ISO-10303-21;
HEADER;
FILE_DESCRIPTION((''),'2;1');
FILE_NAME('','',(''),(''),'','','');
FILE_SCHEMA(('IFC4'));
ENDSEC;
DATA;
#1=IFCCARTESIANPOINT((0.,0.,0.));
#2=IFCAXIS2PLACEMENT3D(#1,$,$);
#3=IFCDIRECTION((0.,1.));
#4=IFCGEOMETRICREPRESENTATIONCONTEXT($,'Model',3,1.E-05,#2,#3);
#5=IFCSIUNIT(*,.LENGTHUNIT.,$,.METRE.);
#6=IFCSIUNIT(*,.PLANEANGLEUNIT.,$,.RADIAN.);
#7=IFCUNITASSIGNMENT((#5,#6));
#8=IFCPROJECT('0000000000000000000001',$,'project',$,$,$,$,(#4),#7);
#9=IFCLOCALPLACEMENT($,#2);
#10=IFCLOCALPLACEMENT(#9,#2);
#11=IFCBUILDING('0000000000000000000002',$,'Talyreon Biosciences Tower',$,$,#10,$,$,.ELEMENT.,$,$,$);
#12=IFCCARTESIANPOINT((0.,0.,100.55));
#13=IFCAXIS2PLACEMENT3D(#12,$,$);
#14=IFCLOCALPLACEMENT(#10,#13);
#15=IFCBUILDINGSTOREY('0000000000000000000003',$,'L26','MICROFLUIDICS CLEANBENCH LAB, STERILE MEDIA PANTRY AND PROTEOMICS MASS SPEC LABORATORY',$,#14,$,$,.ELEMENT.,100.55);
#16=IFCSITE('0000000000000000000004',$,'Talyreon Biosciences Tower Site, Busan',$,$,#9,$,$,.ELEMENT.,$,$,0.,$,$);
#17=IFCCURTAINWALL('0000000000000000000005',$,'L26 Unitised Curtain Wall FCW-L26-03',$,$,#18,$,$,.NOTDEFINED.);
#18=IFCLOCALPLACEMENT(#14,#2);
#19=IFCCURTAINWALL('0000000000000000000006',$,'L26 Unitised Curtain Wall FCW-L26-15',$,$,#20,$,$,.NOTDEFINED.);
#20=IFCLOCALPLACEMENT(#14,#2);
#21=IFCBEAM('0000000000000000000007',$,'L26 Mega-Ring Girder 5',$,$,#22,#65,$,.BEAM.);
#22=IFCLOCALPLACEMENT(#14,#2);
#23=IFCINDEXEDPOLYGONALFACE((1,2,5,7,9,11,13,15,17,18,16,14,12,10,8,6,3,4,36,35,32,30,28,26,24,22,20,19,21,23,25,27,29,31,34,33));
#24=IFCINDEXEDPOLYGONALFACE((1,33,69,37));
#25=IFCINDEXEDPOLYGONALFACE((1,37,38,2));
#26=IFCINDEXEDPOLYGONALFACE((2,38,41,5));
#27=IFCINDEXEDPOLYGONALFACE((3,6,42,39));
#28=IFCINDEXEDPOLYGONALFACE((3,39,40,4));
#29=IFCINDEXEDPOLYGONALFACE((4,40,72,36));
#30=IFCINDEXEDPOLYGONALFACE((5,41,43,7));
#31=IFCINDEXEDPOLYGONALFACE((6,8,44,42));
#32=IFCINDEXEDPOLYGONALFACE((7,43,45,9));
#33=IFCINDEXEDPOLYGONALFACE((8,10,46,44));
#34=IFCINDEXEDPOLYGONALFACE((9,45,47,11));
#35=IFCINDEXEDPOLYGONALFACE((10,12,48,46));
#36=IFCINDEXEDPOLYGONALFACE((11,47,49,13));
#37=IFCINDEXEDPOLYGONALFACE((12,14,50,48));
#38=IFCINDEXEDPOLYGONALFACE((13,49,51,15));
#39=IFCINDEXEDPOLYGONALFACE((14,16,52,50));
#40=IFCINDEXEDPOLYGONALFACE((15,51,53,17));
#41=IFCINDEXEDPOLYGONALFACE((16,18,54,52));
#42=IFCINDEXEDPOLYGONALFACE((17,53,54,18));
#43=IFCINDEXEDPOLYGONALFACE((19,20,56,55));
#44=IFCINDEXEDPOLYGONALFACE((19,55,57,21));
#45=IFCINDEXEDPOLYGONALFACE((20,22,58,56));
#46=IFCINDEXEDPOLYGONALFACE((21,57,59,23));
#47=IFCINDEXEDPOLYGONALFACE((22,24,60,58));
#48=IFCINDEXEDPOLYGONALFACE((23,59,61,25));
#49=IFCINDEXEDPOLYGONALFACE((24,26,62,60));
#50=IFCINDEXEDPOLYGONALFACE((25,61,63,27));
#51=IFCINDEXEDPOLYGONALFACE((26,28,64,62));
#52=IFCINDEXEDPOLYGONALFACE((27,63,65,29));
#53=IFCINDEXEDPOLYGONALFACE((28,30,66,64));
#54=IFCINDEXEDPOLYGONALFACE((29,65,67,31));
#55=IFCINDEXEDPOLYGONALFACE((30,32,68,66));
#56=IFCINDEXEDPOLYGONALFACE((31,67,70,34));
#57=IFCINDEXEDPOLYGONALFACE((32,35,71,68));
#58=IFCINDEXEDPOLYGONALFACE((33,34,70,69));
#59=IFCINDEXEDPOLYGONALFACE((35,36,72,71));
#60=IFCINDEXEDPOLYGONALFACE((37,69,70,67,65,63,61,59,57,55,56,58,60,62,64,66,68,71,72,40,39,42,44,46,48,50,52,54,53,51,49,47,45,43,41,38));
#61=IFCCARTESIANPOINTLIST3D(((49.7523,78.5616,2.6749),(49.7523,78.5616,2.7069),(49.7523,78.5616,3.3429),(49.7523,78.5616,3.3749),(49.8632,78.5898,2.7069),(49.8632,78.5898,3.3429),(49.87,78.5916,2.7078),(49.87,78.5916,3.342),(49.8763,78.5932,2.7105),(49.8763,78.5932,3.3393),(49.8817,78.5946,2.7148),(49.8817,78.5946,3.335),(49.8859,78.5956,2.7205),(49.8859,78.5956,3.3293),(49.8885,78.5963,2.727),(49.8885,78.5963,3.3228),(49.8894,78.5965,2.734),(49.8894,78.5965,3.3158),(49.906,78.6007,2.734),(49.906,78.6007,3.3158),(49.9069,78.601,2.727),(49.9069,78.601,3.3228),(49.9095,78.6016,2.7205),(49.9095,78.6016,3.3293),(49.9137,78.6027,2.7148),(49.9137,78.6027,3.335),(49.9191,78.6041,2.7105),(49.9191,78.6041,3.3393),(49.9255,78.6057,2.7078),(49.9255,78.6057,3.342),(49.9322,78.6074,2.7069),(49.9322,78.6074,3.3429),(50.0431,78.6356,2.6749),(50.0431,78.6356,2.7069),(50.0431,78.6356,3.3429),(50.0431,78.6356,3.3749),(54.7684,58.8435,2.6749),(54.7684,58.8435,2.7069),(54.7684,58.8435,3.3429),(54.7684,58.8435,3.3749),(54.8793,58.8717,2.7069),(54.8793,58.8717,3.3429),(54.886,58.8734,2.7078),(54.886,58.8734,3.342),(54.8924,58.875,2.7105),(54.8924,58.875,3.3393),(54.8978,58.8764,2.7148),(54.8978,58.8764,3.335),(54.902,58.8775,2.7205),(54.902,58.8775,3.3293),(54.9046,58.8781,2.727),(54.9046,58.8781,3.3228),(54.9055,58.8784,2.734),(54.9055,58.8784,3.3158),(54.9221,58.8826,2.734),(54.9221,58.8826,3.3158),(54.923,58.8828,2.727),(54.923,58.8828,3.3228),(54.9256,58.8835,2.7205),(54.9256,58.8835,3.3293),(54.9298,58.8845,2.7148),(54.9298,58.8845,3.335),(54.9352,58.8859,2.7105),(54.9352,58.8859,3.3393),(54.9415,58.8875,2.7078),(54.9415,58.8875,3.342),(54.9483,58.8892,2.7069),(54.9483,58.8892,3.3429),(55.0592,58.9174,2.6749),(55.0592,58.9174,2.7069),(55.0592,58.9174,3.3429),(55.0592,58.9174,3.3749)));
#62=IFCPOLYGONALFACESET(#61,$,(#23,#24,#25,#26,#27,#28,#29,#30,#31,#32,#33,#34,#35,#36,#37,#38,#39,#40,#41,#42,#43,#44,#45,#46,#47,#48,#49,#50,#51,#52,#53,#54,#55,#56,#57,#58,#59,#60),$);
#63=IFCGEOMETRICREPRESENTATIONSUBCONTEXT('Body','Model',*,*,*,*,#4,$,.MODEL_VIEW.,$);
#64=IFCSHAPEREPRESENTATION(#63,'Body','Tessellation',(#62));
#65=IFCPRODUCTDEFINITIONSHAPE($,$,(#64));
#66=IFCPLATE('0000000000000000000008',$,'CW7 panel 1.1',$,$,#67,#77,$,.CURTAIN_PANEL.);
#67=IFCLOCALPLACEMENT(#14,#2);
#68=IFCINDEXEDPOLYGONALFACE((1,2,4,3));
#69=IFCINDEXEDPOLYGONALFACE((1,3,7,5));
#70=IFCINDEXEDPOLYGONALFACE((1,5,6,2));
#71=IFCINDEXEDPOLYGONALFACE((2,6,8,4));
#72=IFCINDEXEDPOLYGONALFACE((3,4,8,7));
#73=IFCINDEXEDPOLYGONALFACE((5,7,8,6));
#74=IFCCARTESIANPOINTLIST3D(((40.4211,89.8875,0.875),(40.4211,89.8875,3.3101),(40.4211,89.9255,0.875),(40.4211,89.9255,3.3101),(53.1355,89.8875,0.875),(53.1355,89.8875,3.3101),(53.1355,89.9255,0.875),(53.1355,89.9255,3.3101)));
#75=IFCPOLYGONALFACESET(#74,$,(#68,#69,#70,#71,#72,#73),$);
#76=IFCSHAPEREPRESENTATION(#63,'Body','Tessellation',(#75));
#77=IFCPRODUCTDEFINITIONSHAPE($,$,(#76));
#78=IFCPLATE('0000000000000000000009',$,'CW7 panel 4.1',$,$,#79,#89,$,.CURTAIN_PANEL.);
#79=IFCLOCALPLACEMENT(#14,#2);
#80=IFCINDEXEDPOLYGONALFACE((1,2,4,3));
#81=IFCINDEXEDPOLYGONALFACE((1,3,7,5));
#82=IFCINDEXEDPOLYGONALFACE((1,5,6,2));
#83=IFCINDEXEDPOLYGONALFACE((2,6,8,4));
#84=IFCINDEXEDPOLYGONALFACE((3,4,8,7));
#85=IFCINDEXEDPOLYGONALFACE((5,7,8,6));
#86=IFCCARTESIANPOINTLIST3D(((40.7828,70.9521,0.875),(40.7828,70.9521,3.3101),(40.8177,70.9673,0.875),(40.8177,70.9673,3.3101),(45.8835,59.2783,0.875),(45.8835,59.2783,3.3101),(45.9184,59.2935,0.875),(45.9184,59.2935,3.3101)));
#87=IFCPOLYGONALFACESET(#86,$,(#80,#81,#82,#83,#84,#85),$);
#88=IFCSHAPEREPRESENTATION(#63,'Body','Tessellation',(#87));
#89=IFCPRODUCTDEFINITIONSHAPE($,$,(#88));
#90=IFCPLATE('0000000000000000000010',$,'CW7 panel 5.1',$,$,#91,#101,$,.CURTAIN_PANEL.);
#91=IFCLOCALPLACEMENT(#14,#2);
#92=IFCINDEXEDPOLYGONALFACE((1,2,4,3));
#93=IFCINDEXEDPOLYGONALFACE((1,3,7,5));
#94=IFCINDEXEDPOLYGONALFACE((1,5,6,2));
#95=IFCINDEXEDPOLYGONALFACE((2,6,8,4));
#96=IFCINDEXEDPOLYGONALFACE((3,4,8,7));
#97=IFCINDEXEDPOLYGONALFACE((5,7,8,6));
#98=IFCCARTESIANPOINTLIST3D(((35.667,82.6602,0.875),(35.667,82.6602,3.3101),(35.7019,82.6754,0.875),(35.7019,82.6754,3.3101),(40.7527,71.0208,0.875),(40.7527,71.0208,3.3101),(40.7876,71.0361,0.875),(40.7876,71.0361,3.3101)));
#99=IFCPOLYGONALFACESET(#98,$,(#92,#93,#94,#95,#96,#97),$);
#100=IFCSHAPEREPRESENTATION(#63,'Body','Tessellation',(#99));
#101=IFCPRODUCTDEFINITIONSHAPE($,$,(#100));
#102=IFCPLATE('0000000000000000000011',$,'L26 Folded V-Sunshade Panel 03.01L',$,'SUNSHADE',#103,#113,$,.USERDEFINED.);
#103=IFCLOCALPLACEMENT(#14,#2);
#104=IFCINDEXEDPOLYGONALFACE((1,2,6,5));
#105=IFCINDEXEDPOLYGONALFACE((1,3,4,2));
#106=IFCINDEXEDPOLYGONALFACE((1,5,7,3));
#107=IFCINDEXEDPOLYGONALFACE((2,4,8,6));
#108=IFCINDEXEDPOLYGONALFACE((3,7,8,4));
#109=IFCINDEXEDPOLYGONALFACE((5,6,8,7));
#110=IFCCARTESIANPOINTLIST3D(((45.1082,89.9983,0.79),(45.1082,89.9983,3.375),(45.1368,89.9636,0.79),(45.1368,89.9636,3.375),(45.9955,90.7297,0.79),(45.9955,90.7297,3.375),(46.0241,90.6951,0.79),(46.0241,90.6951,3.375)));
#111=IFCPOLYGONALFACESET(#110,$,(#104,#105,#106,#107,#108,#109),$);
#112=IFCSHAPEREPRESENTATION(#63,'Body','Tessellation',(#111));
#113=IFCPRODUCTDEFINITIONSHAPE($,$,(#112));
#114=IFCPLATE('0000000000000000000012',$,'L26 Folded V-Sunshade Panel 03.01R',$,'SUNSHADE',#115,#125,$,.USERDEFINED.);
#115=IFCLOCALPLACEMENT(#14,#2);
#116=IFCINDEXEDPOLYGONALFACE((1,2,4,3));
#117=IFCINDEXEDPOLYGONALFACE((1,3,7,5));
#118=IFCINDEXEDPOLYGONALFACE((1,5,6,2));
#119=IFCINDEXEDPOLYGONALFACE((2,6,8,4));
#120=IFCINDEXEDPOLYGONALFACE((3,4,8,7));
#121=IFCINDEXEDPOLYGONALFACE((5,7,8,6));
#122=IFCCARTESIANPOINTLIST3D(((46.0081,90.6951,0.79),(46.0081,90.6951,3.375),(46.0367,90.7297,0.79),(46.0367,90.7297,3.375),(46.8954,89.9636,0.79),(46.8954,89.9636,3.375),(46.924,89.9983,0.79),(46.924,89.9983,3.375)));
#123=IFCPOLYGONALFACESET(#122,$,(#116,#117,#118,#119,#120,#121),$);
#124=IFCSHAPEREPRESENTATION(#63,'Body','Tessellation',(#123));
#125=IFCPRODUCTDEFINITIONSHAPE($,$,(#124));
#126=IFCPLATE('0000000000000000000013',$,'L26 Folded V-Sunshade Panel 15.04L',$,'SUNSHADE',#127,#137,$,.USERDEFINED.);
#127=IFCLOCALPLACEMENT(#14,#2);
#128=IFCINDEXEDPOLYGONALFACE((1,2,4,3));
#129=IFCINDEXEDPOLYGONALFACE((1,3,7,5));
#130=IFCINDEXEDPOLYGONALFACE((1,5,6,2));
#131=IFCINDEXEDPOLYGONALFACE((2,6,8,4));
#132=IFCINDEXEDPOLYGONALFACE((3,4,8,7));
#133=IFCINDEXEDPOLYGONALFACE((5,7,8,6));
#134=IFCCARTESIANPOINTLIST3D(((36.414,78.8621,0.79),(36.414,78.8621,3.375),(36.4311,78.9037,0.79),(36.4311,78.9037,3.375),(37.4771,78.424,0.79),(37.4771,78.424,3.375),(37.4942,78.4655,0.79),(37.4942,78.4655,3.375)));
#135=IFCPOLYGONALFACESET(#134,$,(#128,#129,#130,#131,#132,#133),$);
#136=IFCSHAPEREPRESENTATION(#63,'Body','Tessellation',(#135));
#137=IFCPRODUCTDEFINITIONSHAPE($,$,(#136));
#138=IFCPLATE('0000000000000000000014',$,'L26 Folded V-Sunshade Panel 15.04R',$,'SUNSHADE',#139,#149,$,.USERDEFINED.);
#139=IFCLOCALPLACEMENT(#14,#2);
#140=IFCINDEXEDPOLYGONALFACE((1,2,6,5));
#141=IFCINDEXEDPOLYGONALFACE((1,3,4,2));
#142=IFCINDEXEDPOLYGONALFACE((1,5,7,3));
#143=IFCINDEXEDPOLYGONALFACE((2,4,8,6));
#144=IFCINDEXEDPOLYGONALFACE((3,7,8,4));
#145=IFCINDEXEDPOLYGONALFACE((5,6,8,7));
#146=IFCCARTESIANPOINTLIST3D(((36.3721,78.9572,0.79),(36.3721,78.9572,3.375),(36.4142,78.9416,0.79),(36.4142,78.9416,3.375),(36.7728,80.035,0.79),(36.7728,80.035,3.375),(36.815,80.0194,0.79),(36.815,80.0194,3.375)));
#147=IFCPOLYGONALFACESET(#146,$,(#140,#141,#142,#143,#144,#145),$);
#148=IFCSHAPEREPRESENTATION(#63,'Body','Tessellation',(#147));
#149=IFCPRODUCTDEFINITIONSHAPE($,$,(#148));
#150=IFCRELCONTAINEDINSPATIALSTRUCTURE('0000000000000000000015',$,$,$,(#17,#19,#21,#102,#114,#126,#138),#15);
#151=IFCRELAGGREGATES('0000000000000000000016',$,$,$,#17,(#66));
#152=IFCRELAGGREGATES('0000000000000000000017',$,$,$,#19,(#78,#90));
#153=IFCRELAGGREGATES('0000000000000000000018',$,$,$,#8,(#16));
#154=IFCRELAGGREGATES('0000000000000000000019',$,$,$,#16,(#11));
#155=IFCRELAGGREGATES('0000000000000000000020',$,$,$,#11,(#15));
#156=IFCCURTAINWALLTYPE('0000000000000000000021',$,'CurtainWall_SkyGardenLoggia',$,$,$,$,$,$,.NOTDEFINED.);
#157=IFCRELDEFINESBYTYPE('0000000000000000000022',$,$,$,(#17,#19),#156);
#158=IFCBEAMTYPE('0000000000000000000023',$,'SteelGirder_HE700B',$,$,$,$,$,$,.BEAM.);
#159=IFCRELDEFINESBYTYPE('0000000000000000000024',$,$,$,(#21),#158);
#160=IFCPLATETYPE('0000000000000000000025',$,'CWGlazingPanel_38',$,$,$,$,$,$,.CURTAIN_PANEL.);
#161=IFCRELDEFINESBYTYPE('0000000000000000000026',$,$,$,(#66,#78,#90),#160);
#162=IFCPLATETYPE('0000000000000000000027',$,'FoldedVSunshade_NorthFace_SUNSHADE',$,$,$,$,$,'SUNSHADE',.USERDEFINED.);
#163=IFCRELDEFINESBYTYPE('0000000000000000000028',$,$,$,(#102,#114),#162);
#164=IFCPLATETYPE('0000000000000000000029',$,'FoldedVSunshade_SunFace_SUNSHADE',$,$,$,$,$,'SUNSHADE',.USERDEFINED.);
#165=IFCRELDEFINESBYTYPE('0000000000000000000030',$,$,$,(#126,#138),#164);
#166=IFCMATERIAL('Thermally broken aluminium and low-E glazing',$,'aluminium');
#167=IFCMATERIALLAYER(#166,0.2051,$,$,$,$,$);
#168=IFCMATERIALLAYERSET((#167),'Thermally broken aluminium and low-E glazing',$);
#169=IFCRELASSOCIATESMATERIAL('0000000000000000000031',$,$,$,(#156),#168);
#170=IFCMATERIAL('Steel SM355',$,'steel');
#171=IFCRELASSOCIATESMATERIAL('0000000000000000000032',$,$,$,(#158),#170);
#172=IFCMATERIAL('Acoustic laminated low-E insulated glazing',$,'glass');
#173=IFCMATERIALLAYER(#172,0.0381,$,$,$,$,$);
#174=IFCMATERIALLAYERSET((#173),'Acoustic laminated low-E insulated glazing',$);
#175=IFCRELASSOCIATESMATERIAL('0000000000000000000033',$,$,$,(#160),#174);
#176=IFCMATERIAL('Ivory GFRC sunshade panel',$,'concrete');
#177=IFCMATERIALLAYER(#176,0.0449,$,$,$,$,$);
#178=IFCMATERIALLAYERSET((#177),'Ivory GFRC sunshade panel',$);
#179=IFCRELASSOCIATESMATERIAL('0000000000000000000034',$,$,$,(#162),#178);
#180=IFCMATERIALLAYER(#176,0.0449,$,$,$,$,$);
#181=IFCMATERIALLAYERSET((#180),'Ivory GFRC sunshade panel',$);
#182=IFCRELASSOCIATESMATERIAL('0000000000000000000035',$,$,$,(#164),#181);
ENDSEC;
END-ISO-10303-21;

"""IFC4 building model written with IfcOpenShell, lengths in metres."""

from ifc_helpers import new_model, si_unit, direction, frame, origin, origin_2d, place, context, subcontext, project, spatial, rectangle, i_section, extrude, material, layer, layer_set, material_profile, profile_set, type_object, element, aggregate, save


model = new_model("IFC4")

# Units and contexts
model_context = context("Model", 3, precision=1e-05, world=origin(), true_north=direction((0.0, 1.0)))
body_context = subcontext(model_context, "Body", "Model", "MODEL_VIEW")
ifc_project = project(units=[si_unit("LENGTHUNIT", "METRE"), si_unit("PLANEANGLEUNIT", "RADIAN")], contexts=[model_context])

# Site, building, storey
site_placement = place(None, origin())
site = spatial("IfcSite", under=ifc_project, at=site_placement, Name="Talyreon Biosciences Tower Site, Busan", CompositionType="ELEMENT", RefElevation=0.0)
building_placement = place(site_placement, origin())
building = spatial("IfcBuilding", under=site, at=building_placement, Name="Talyreon Biosciences Tower", CompositionType="ELEMENT")
storey_placement = place(building_placement, frame((0.0, 0.0, 100.55)))
storey = spatial("IfcBuildingStorey", under=building, at=storey_placement, Name="L26", Description="MICROFLUIDICS CLEANBENCH LAB, STERILE MEDIA PANTRY AND PROTEOMICS MASS SPEC LABORATORY", CompositionType="ELEMENT", Elevation=100.55)

# Curtain wall
ifc_material_1 = material(Name="Thermally broken aluminium and low-E glazing", Category="aluminium")
ifc_layer_1 = layer(ifc_material_1, 0.2051)
ifc_layer_set_1 = layer_set([ifc_layer_1], Name="Thermally broken aluminium and low-E glazing")
curtain_wall_type = type_object("IfcCurtainWallType", Name="CurtainWall_SkyGardenLoggia", PredefinedType="NOTDEFINED", material=ifc_layer_set_1)
curtain_wall_1_placement = place(storey_placement, origin())
curtain_wall_1 = element("IfcCurtainWall", 1, at=curtain_wall_1_placement, inside=storey, type_object=curtain_wall_type, Name="L26 Unitised Curtain Wall FCW-L26-03", PredefinedType="NOTDEFINED")

# Curtain wall
curtain_wall_2_placement = place(storey_placement, origin())
curtain_wall_2 = element("IfcCurtainWall", 2, at=curtain_wall_2_placement, inside=storey, type_object=curtain_wall_type, Name="L26 Unitised Curtain Wall FCW-L26-15", PredefinedType="NOTDEFINED")

# Beam
ifc_material_2 = material(Name="Steel SM355", Category="steel")
ifc_material_profile_1 = material_profile(ifc_material_2, i_section(OverallWidth=0.3, OverallDepth=0.7, WebThickness=0.0171, FlangeThickness=0.032, FilletRadius=0.0271, at=origin_2d()), Name="HE700B")
ifc_profile_set_1 = profile_set([ifc_material_profile_1], Name="Steel SM355")
beam_type_1 = type_object("IfcBeamType", Name="SteelGirder_HE700B", PredefinedType="BEAM", material=ifc_profile_set_1)
beam_1_placement = place(storey_placement, frame((49.8977, 78.5986, 3.0249), z_axis=(0.246537, -0.969133, 0.0), x_axis=(0.969133, 0.246537, 0.0)))
element("IfcBeam", 3, at=beam_1_placement, inside=storey, type_object=beam_type_1, Name="L26 Mega-Ring Girder 5", PredefinedType="BEAM", context=body_context, shape_type="SweptSolid", body=[
    extrude(i_section(OverallWidth=0.3, OverallDepth=0.7, WebThickness=0.0171, FlangeThickness=0.032, FilletRadius=0.0271, at=origin_2d()), origin(), (0.0, 0.0, 1.0), 20.3462),
])

# Plates
ifc_material_3 = material(Name="Acoustic laminated low-E insulated glazing", Category="glass")
ifc_layer_2 = layer(ifc_material_3, 0.0381)
ifc_layer_set_2 = layer_set([ifc_layer_2], Name="Acoustic laminated low-E insulated glazing")
plate_type_1 = type_object("IfcPlateType", Name="CWGlazingPanel_38", PredefinedType="CURTAIN_PANEL", material=ifc_layer_set_2)
plate_1_placement = place(storey_placement, frame((46.7783, 89.9065, 0.875), z_axis=(0.0, 0.0, 1.0), x_axis=(1.0, 0.0, 0.0)))
plate_1 = element("IfcPlate", 4, at=plate_1_placement, type_object=plate_type_1, Name="CW7 panel 1.1", PredefinedType="CURTAIN_PANEL", context=body_context, shape_type="SweptSolid", body=[
    extrude(rectangle(XDim=12.7144, YDim=0.0381, at=origin_2d()), origin(), (0.0, 0.0, 1.0), 2.4351),
])
aggregate(curtain_wall_1, [plate_1])
plate_2_placement = place(storey_placement, frame((43.3506, 65.1228, 0.875), z_axis=(0.0, 0.0, 1.0), x_axis=(-0.400387, 0.916346, 0.0)))
plate_2 = element("IfcPlate", 5, at=plate_2_placement, type_object=plate_type_1, Name="CW7 panel 4.1", PredefinedType="CURTAIN_PANEL", context=body_context, shape_type="SweptSolid", body=[
    extrude(rectangle(XDim=12.7395, YDim=0.0381, at=origin_2d()), origin(), (0.0, 0.0, 1.0), 2.4351),
])
plate_3_placement = place(storey_placement, frame((38.2273, 76.8481, 0.875), z_axis=(0.0, 0.0, 1.0), x_axis=(-0.400387, 0.916346, 0.0)))
plate_3 = element("IfcPlate", 6, at=plate_3_placement, type_object=plate_type_1, Name="CW7 panel 5.1", PredefinedType="CURTAIN_PANEL", context=body_context, shape_type="SweptSolid", body=[
    extrude(rectangle(XDim=12.7019, YDim=0.0381, at=origin_2d()), origin(), (0.0, 0.0, 1.0), 2.4351),
])
aggregate(curtain_wall_2, [plate_2, plate_3])

# Plates
ifc_material_4 = material(Name="Ivory GFRC sunshade panel", Category="concrete")
ifc_layer_3 = layer(ifc_material_4, 0.0449)
ifc_layer_set_3 = layer_set([ifc_layer_3], Name="Ivory GFRC sunshade panel")
plate_type_2 = type_object("IfcPlateType", Name="FoldedVSunshade_NorthFace_SUNSHADE", ElementType="SUNSHADE", PredefinedType="USERDEFINED", material=ifc_layer_set_3)
for number, where, z_axis, x_axis, name in (
    (7, (45.5662, 90.3467, 0.79), (0.0, 0.0, 1.0), (0.771625, 0.636078, 0.0), "L26 Folded V-Sunshade Panel 03.01L"),
    (8, (46.4661, 90.3467, 0.79), (0.0, 0.0, 1.0), (0.771625, -0.636078, 0.0), "L26 Folded V-Sunshade Panel 03.01R"),
):
    element("IfcPlate", number, at=place(storey_placement, frame(where, z_axis=z_axis, x_axis=x_axis)), inside=storey, type_object=plate_type_2, Name=name, ObjectType="SUNSHADE", PredefinedType="USERDEFINED", context=body_context, shape_type="SweptSolid", body=[
        extrude(rectangle(XDim=1.1499, YDim=0.0449, at=origin_2d()), origin(), (0.0, 0.0, 1.0), 2.585),
    ])
ifc_layer_4 = layer(ifc_material_4, 0.0449)
ifc_layer_set_4 = layer_set([ifc_layer_4], Name="Ivory GFRC sunshade panel")
plate_type_3 = type_object("IfcPlateType", Name="FoldedVSunshade_SunFace_SUNSHADE", ElementType="SUNSHADE", PredefinedType="USERDEFINED", material=ifc_layer_set_4)
for number, where, z_axis, x_axis, name in (
    (9, (36.9541, 78.6638, 0.79), (0.0, 0.0, 1.0), (-0.924559, 0.381038, 0.0), "L26 Folded V-Sunshade Panel 15.04L"),
    (10, (36.5935, 79.4883, 0.79), (0.0, 0.0, 1.0), (0.348539, 0.937294, 0.0), "L26 Folded V-Sunshade Panel 15.04R"),
):
    element("IfcPlate", number, at=place(storey_placement, frame(where, z_axis=z_axis, x_axis=x_axis)), inside=storey, type_object=plate_type_3, Name=name, ObjectType="SUNSHADE", PredefinedType="USERDEFINED", context=body_context, shape_type="SweptSolid", body=[
        extrude(rectangle(XDim=1.1499, YDim=0.0449, at=origin_2d()), origin(), (0.0, 0.0, 1.0), 2.585),
    ])

save(model, "model.ifc")
